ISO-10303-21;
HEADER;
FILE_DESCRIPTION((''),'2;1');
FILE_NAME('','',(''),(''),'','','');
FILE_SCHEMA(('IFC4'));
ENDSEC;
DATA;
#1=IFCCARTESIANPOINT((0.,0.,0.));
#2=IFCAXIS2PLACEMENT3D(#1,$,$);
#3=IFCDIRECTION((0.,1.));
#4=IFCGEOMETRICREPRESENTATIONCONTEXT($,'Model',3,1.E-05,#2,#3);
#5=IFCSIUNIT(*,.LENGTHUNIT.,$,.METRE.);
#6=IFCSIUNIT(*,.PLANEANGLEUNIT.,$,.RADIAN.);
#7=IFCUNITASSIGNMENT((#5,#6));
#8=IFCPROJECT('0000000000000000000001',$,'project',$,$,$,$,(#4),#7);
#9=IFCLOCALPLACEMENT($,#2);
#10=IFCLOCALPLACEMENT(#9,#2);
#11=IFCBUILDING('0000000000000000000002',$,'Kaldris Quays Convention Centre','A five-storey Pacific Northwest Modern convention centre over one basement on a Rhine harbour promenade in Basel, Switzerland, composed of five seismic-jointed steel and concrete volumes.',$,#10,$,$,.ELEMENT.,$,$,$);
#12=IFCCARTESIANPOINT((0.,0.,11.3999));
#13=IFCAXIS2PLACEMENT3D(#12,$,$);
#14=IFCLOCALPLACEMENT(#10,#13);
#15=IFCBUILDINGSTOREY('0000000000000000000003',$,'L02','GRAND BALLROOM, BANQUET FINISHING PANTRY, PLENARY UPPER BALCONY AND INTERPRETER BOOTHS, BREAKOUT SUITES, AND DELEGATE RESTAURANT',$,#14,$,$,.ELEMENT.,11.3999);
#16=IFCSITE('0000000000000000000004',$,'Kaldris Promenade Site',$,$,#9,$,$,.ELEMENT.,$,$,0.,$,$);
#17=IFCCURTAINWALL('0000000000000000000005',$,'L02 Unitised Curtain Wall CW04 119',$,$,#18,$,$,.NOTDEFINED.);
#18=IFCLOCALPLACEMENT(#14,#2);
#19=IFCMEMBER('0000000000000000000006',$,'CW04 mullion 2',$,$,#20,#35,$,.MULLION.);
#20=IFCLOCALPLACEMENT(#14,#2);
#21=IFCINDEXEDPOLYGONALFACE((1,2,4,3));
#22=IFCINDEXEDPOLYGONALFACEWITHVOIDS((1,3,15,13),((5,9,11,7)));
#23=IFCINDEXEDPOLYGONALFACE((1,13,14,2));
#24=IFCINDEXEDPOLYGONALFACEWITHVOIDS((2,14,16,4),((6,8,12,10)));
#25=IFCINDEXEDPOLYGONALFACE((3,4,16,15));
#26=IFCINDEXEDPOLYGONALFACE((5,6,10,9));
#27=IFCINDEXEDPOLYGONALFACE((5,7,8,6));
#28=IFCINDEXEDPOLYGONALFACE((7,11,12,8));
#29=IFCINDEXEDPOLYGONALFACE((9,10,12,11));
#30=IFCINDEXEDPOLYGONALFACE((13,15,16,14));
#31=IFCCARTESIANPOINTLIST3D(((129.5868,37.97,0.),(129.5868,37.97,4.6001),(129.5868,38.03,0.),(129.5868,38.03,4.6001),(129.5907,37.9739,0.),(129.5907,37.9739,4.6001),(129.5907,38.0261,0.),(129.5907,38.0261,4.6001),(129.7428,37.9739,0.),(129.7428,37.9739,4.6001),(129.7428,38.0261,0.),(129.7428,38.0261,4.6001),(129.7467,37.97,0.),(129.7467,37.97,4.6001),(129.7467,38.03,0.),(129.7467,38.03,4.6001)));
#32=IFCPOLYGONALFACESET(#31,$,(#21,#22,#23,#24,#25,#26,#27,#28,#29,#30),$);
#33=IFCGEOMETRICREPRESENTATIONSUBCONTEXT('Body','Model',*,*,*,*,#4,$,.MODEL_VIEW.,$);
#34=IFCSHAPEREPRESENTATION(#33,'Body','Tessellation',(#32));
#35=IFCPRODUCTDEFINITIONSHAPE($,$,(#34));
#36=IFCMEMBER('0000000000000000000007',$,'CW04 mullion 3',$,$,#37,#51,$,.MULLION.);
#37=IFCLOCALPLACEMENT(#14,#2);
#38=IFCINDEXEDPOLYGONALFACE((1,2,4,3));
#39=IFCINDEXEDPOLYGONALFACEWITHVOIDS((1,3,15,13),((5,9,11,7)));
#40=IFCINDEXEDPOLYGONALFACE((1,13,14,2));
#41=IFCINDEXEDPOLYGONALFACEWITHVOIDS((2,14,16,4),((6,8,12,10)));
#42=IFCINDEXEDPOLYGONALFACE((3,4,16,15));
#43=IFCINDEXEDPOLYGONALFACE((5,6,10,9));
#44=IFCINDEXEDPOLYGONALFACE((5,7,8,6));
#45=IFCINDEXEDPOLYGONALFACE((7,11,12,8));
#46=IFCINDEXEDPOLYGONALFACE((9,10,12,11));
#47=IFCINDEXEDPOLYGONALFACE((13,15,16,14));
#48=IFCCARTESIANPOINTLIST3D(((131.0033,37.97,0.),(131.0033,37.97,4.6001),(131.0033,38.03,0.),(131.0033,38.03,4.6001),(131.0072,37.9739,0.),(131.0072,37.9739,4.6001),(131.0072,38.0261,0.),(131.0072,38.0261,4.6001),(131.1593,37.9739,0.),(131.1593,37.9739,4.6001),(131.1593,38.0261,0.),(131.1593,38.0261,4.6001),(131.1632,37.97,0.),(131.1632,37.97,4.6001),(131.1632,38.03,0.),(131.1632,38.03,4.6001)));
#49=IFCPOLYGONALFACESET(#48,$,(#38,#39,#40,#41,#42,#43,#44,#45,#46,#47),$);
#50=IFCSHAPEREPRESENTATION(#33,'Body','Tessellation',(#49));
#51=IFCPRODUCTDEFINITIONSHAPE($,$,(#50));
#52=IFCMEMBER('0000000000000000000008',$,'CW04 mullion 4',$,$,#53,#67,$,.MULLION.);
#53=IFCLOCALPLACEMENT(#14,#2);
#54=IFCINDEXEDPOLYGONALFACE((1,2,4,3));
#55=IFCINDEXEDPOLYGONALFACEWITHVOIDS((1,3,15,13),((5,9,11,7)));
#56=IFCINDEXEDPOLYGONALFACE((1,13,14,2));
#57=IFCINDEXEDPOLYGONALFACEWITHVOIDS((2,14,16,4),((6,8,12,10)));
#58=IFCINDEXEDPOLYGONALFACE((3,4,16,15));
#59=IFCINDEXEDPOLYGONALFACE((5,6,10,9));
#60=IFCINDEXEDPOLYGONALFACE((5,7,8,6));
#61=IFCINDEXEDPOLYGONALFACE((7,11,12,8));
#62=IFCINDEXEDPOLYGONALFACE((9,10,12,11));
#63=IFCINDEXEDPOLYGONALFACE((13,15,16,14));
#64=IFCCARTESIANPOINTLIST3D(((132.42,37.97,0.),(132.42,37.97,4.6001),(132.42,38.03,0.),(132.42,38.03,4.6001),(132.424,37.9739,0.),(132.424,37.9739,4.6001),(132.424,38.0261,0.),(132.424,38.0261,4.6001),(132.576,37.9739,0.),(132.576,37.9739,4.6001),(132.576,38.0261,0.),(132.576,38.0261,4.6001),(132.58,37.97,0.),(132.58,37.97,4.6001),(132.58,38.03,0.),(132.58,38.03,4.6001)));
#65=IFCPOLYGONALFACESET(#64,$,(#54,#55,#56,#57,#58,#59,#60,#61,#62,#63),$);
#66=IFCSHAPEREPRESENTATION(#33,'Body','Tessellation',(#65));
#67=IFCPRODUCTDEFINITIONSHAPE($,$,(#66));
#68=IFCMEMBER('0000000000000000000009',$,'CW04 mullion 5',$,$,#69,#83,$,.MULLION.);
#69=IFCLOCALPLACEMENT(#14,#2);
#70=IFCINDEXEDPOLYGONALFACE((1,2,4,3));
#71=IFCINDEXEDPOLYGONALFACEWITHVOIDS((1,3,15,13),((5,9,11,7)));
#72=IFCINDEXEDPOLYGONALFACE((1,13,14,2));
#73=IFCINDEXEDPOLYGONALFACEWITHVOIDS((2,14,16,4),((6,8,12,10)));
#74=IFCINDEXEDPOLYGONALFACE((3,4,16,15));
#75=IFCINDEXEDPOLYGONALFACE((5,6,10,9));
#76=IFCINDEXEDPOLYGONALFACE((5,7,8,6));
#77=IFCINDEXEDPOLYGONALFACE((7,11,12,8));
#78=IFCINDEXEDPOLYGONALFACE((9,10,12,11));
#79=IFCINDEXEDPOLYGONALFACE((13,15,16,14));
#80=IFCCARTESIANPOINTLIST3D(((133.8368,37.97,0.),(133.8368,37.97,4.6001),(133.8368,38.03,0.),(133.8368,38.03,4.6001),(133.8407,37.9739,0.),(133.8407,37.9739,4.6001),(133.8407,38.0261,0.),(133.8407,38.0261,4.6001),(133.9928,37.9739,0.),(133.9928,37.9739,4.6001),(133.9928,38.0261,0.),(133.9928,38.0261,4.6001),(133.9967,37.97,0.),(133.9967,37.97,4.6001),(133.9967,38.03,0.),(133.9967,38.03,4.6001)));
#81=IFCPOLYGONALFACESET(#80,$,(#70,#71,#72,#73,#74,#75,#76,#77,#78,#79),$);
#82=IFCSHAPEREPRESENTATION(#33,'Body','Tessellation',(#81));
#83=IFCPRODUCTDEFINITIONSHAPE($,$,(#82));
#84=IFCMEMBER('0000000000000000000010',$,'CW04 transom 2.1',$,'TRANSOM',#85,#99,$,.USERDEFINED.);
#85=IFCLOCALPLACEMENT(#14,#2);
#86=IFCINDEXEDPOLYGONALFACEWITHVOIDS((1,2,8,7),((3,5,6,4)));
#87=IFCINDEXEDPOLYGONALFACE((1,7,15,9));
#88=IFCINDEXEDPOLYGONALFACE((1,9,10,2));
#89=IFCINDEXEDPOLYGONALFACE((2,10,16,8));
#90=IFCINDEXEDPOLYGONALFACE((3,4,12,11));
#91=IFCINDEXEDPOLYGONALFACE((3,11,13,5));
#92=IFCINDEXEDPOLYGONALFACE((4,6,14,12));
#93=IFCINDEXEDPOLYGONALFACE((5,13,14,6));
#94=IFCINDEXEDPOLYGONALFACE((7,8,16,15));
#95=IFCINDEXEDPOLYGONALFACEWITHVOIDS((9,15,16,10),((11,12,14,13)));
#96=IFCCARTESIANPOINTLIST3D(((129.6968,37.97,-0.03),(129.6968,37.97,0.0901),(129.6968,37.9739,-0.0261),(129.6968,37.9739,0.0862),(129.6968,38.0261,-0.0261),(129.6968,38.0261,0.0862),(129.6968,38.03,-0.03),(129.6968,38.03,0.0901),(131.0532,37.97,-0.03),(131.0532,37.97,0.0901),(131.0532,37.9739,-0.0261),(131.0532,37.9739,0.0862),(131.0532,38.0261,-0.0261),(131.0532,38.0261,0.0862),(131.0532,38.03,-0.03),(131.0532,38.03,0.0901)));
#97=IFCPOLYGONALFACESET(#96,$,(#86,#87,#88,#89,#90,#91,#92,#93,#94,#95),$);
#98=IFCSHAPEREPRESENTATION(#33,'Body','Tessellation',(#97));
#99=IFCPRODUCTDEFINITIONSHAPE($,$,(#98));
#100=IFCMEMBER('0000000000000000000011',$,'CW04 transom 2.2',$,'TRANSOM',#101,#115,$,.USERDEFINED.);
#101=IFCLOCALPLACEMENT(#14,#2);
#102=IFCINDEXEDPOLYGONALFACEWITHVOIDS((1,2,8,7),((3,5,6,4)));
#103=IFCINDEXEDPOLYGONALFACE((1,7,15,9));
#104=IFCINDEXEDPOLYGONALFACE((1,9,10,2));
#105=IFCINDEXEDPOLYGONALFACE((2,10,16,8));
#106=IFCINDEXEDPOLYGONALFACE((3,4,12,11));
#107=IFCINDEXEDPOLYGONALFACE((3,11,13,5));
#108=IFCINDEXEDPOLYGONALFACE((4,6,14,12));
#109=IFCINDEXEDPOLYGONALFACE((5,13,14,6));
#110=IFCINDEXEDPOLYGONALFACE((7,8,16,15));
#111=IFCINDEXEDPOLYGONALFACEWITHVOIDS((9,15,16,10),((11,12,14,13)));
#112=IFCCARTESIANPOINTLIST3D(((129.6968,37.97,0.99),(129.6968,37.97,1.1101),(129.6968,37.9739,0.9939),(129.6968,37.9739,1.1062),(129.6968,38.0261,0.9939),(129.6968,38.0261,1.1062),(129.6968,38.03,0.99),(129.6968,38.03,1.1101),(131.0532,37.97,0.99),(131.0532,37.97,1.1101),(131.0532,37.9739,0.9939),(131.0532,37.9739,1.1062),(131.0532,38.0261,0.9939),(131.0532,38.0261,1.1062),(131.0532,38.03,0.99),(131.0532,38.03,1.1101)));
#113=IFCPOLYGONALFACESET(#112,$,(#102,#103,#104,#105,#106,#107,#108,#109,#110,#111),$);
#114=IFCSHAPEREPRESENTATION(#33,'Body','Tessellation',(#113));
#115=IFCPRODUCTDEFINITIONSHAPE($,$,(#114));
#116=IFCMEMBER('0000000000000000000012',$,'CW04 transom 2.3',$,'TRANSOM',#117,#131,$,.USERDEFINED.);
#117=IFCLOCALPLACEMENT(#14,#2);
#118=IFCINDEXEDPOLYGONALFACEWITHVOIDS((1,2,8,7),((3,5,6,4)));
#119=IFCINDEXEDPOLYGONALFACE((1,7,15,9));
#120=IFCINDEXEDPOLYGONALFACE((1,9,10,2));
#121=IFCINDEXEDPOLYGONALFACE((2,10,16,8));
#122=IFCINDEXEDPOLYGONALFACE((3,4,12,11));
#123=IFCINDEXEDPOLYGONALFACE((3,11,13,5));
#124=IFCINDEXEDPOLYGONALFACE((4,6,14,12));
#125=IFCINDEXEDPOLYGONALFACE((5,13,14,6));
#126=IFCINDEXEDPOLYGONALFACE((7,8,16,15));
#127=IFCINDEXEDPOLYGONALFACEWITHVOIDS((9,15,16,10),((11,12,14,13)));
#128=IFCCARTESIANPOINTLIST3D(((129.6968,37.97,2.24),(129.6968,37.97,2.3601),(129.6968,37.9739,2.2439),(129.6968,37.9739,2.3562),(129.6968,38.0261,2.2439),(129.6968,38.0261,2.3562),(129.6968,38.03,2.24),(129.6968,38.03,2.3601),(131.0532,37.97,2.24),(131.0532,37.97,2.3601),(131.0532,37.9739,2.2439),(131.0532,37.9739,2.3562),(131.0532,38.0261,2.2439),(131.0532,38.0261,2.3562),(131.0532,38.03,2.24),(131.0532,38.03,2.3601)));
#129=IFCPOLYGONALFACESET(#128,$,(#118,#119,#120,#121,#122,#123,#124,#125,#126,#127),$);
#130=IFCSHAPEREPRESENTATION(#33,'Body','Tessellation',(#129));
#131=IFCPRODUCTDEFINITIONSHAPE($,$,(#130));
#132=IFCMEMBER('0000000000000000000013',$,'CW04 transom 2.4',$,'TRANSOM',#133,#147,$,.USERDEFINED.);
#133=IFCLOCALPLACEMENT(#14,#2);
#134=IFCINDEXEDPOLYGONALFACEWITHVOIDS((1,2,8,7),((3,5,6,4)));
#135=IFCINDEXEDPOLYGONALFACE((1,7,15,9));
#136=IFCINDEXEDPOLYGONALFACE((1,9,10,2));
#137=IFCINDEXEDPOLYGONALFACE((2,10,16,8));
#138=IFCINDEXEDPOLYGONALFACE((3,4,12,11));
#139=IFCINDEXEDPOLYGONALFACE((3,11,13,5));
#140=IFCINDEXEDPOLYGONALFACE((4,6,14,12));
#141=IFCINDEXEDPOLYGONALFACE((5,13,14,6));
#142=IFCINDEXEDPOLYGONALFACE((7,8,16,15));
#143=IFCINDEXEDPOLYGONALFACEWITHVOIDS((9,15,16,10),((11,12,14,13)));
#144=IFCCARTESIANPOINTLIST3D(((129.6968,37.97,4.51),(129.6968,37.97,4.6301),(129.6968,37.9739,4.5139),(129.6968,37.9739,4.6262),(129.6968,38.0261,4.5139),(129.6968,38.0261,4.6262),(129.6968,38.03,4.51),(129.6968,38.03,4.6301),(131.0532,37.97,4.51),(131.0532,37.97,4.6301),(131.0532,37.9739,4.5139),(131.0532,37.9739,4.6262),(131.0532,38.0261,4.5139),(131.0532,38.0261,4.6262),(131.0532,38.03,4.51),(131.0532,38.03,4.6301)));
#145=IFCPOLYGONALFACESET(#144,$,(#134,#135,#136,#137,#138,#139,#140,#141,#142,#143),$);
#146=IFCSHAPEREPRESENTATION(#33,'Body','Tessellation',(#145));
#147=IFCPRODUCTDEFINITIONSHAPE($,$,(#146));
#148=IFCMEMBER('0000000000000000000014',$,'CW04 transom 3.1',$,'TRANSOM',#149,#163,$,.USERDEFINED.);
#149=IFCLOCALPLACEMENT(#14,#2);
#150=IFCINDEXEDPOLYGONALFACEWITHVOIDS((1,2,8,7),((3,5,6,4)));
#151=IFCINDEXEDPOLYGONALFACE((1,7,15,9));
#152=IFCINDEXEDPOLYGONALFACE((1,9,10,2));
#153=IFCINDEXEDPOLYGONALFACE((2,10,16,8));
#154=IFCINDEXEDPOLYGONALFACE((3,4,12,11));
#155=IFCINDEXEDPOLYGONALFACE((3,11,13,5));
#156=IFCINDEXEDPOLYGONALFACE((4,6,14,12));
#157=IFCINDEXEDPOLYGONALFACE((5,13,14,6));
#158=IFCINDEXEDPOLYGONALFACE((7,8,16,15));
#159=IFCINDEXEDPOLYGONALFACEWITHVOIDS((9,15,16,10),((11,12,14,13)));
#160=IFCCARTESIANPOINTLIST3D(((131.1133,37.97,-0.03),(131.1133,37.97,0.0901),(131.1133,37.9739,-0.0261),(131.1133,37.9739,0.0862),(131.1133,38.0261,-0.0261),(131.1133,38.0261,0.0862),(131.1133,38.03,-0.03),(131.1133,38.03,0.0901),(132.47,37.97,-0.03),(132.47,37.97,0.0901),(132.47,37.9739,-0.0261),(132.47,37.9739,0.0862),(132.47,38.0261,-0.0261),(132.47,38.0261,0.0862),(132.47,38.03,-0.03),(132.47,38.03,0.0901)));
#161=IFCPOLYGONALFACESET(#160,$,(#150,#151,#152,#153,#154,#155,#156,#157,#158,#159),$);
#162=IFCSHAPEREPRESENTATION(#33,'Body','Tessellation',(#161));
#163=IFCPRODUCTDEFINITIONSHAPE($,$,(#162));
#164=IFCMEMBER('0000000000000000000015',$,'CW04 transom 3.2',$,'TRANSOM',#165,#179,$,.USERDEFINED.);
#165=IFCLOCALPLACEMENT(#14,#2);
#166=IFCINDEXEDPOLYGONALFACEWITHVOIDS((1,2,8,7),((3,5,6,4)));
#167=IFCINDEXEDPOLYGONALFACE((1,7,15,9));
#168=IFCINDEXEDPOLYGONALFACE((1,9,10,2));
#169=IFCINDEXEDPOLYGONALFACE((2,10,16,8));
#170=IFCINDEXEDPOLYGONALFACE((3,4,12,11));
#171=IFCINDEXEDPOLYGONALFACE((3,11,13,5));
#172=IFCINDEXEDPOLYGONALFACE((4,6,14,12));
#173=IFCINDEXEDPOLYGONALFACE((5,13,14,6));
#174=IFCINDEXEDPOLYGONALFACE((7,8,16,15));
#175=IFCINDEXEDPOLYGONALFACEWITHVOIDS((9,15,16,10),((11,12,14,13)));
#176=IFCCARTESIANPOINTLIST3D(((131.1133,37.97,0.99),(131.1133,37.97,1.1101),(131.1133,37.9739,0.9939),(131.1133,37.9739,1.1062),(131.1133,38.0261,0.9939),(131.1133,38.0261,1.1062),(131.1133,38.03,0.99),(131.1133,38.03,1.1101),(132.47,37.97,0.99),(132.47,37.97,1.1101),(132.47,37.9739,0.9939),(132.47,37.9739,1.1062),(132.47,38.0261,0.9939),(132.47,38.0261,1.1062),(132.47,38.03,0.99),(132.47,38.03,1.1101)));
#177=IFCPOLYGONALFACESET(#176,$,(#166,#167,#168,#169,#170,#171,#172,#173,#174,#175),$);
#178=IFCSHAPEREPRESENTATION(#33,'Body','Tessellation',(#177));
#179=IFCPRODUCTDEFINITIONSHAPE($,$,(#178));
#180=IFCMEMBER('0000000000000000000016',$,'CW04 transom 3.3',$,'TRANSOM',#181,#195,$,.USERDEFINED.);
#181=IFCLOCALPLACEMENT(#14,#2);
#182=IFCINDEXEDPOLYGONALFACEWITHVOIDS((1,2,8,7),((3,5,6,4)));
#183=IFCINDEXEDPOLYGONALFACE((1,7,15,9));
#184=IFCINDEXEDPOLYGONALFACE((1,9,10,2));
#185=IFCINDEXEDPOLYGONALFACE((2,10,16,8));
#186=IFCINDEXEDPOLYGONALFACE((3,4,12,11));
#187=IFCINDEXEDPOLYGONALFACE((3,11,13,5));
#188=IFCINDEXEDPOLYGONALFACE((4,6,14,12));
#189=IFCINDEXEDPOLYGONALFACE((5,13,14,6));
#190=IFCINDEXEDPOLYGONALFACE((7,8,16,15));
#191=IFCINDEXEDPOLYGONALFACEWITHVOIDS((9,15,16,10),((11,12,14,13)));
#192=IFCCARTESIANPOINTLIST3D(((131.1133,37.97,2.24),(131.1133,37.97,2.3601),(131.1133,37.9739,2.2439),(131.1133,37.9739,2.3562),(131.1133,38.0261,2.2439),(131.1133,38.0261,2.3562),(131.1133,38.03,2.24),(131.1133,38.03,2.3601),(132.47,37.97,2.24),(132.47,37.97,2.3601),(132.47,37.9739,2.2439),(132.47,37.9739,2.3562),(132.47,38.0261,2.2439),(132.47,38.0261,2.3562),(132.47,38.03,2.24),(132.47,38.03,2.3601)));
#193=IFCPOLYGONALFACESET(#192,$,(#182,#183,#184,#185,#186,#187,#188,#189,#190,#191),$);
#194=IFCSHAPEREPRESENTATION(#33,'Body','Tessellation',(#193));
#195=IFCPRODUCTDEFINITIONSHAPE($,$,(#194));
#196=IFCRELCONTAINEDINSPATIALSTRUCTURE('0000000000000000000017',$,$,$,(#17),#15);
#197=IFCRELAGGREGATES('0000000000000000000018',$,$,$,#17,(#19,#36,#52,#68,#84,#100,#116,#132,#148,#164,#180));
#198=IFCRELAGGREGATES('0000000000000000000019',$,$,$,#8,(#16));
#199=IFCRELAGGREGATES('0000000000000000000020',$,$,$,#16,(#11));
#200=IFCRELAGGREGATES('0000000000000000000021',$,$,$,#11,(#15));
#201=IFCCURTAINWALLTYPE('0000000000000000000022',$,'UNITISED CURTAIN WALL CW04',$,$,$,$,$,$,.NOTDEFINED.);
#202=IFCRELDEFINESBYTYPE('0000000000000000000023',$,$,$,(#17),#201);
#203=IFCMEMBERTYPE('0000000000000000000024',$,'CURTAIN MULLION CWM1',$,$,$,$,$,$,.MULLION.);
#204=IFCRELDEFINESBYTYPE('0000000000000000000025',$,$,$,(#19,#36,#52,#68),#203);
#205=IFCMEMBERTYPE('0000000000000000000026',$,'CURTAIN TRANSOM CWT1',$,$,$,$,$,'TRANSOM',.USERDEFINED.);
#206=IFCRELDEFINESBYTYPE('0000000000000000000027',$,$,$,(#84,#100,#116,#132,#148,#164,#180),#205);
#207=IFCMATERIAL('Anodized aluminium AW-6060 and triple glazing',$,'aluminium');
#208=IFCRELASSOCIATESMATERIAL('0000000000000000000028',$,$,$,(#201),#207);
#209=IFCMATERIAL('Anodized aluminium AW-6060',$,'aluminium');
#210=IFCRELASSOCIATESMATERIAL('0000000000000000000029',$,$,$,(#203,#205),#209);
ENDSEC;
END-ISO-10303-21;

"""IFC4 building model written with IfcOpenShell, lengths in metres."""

from ifc_helpers import new_model, si_unit, direction, frame, origin, origin_2d, place, context, subcontext, project, spatial, hollow_rectangle, extrude, material, material_profile, profile_set, type_object, element, aggregate, save


model = new_model("IFC4")

# Units and contexts
model_context = context("Model", 3, precision=1e-05, world=origin(), true_north=direction((0.0, 1.0)))
body_context = subcontext(model_context, "Body", "Model", "MODEL_VIEW")
ifc_project = project(units=[si_unit("LENGTHUNIT", "METRE"), si_unit("PLANEANGLEUNIT", "RADIAN")], contexts=[model_context])

# Site, building, storey
site_placement = place(None, origin())
site = spatial("IfcSite", under=ifc_project, at=site_placement, Name="Kaldris Promenade Site", CompositionType="ELEMENT", RefElevation=0.0)
building_placement = place(site_placement, origin())
building = spatial("IfcBuilding", under=site, at=building_placement, Name="Kaldris Quays Convention Centre", Description="A five-storey Pacific Northwest Modern convention centre over one basement on a Rhine harbour promenade in Basel, Switzerland, composed of five seismic-jointed steel and concrete volumes.", CompositionType="ELEMENT")
storey_placement = place(building_placement, frame((0.0, 0.0, 11.3999)))
storey = spatial("IfcBuildingStorey", under=building, at=storey_placement, Name="L02", Description="GRAND BALLROOM, BANQUET FINISHING PANTRY, PLENARY UPPER BALCONY AND INTERPRETER BOOTHS, BREAKOUT SUITES, AND DELEGATE RESTAURANT", CompositionType="ELEMENT", Elevation=11.3999)

# Curtain wall, members
ifc_material_1 = material(Name="Anodized aluminium AW-6060 and triple glazing", Category="aluminium")
curtain_wall_type = type_object("IfcCurtainWallType", Name="UNITISED CURTAIN WALL CW04", PredefinedType="NOTDEFINED", material=ifc_material_1)
curtain_wall_placement = place(storey_placement, origin())
curtain_wall = element("IfcCurtainWall", 1, at=curtain_wall_placement, inside=storey, type_object=curtain_wall_type, Name="L02 Unitised Curtain Wall CW04 119", PredefinedType="NOTDEFINED")
ifc_material_2 = material(Name="Anodized aluminium AW-6060", Category="aluminium")
ifc_material_profile_1 = material_profile(ifc_material_2, hollow_rectangle(XDim=0.0601, YDim=0.1599, WallThickness=0.0039, at=origin_2d()), Name="RHS 160x60x4")
ifc_profile_set_1 = profile_set([ifc_material_profile_1], Name="Anodized aluminium AW-6060")
member_type_1 = type_object("IfcMemberType", Name="CURTAIN MULLION CWM1", PredefinedType="MULLION", material=ifc_profile_set_1)
member_1_placement = place(storey_placement, frame((129.6667, 38.0, 0.0), z_axis=(0.0, 0.0, 1.0), x_axis=(0.0, 1.0, 0.0)))
member_1 = element("IfcMember", 2, at=member_1_placement, type_object=member_type_1, Name="CW04 mullion 2", PredefinedType="MULLION", context=body_context, shape_type="SweptSolid", body=[
    extrude(hollow_rectangle(XDim=0.0601, YDim=0.1599, WallThickness=0.0039, at=origin_2d()), origin(), (0.0, 0.0, 1.0), 4.6001),
])
member_2_placement = place(storey_placement, frame((131.0833, 38.0, 0.0), z_axis=(0.0, 0.0, 1.0), x_axis=(0.0, 1.0, 0.0)))
member_2 = element("IfcMember", 3, at=member_2_placement, type_object=member_type_1, Name="CW04 mullion 3", PredefinedType="MULLION", context=body_context, shape_type="SweptSolid", body=[
    extrude(hollow_rectangle(XDim=0.0601, YDim=0.1599, WallThickness=0.0039, at=origin_2d()), origin(), (0.0, 0.0, 1.0), 4.6001),
])
member_3_placement = place(storey_placement, frame((132.5, 38.0, 0.0), z_axis=(0.0, 0.0, 1.0), x_axis=(0.0, 1.0, 0.0)))
member_3 = element("IfcMember", 4, at=member_3_placement, type_object=member_type_1, Name="CW04 mullion 4", PredefinedType="MULLION", context=body_context, shape_type="SweptSolid", body=[
    extrude(hollow_rectangle(XDim=0.0601, YDim=0.1599, WallThickness=0.0039, at=origin_2d()), origin(), (0.0, 0.0, 1.0), 4.6001),
])
member_4_placement = place(storey_placement, frame((133.9167, 38.0, 0.0), z_axis=(0.0, 0.0, 1.0), x_axis=(0.0, 1.0, 0.0)))
member_4 = element("IfcMember", 5, at=member_4_placement, type_object=member_type_1, Name="CW04 mullion 5", PredefinedType="MULLION", context=body_context, shape_type="SweptSolid", body=[
    extrude(hollow_rectangle(XDim=0.0601, YDim=0.1599, WallThickness=0.0039, at=origin_2d()), origin(), (0.0, 0.0, 1.0), 4.6001),
])
ifc_material_profile_2 = material_profile(ifc_material_2, hollow_rectangle(XDim=0.0601, YDim=0.1201, WallThickness=0.0039, at=origin_2d()), Name="RHS 120x60x4")
ifc_profile_set_2 = profile_set([ifc_material_profile_2], Name="Anodized aluminium AW-6060")
member_type_2 = type_object("IfcMemberType", Name="CURTAIN TRANSOM CWT1", ElementType="TRANSOM", PredefinedType="USERDEFINED", material=ifc_profile_set_2)
member_5_placement = place(storey_placement, frame((129.6968, 38.0, 0.03), z_axis=(1.0, 0.0, 0.0), x_axis=(0.0, 1.0, 0.0)))
member_5 = element("IfcMember", 6, at=member_5_placement, type_object=member_type_2, Name="CW04 transom 2.1", ObjectType="TRANSOM", PredefinedType="USERDEFINED", context=body_context, shape_type="SweptSolid", body=[
    extrude(hollow_rectangle(XDim=0.0601, YDim=0.1201, WallThickness=0.0039, at=origin_2d()), origin(), (0.0, 0.0, 1.0), 1.3564),
])
member_6_placement = place(storey_placement, frame((129.6968, 38.0, 1.05), z_axis=(1.0, 0.0, 0.0), x_axis=(0.0, 1.0, 0.0)))
member_6 = element("IfcMember", 7, at=member_6_placement, type_object=member_type_2, Name="CW04 transom 2.2", ObjectType="TRANSOM", PredefinedType="USERDEFINED", context=body_context, shape_type="SweptSolid", body=[
    extrude(hollow_rectangle(XDim=0.0601, YDim=0.1201, WallThickness=0.0039, at=origin_2d()), origin(), (0.0, 0.0, 1.0), 1.3564),
])
member_7_placement = place(storey_placement, frame((129.6968, 38.0, 2.3), z_axis=(1.0, 0.0, 0.0), x_axis=(0.0, 1.0, 0.0)))
member_7 = element("IfcMember", 8, at=member_7_placement, type_object=member_type_2, Name="CW04 transom 2.3", ObjectType="TRANSOM", PredefinedType="USERDEFINED", context=body_context, shape_type="SweptSolid", body=[
    extrude(hollow_rectangle(XDim=0.0601, YDim=0.1201, WallThickness=0.0039, at=origin_2d()), origin(), (0.0, 0.0, 1.0), 1.3564),
])
member_8_placement = place(storey_placement, frame((129.6968, 38.0, 4.5701), z_axis=(1.0, 0.0, 0.0), x_axis=(0.0, 1.0, 0.0)))
member_8 = element("IfcMember", 9, at=member_8_placement, type_object=member_type_2, Name="CW04 transom 2.4", ObjectType="TRANSOM", PredefinedType="USERDEFINED", context=body_context, shape_type="SweptSolid", body=[
    extrude(hollow_rectangle(XDim=0.0601, YDim=0.1201, WallThickness=0.0039, at=origin_2d()), origin(), (0.0, 0.0, 1.0), 1.3564),
])
member_9_placement = place(storey_placement, frame((131.1133, 38.0, 0.03), z_axis=(1.0, 0.0, 0.0), x_axis=(0.0, 1.0, 0.0)))
member_9 = element("IfcMember", 10, at=member_9_placement, type_object=member_type_2, Name="CW04 transom 3.1", ObjectType="TRANSOM", PredefinedType="USERDEFINED", context=body_context, shape_type="SweptSolid", body=[
    extrude(hollow_rectangle(XDim=0.0601, YDim=0.1201, WallThickness=0.0039, at=origin_2d()), origin(), (0.0, 0.0, 1.0), 1.3567),
])
member_10_placement = place(storey_placement, frame((131.1133, 38.0, 1.05), z_axis=(1.0, 0.0, 0.0), x_axis=(0.0, 1.0, 0.0)))
member_10 = element("IfcMember", 11, at=member_10_placement, type_object=member_type_2, Name="CW04 transom 3.2", ObjectType="TRANSOM", PredefinedType="USERDEFINED", context=body_context, shape_type="SweptSolid", body=[
    extrude(hollow_rectangle(XDim=0.0601, YDim=0.1201, WallThickness=0.0039, at=origin_2d()), origin(), (0.0, 0.0, 1.0), 1.3567),
])
member_11_placement = place(storey_placement, frame((131.1133, 38.0, 2.3), z_axis=(1.0, 0.0, 0.0), x_axis=(0.0, 1.0, 0.0)))
member_11 = element("IfcMember", 12, at=member_11_placement, type_object=member_type_2, Name="CW04 transom 3.3", ObjectType="TRANSOM", PredefinedType="USERDEFINED", context=body_context, shape_type="SweptSolid", body=[
    extrude(hollow_rectangle(XDim=0.0601, YDim=0.1201, WallThickness=0.0039, at=origin_2d()), origin(), (0.0, 0.0, 1.0), 1.3567),
])
aggregate(curtain_wall, [member_1, member_2, member_3, member_4, member_5, member_6, member_7, member_8, member_9, member_10, member_11])

save(model, "model.ifc")
